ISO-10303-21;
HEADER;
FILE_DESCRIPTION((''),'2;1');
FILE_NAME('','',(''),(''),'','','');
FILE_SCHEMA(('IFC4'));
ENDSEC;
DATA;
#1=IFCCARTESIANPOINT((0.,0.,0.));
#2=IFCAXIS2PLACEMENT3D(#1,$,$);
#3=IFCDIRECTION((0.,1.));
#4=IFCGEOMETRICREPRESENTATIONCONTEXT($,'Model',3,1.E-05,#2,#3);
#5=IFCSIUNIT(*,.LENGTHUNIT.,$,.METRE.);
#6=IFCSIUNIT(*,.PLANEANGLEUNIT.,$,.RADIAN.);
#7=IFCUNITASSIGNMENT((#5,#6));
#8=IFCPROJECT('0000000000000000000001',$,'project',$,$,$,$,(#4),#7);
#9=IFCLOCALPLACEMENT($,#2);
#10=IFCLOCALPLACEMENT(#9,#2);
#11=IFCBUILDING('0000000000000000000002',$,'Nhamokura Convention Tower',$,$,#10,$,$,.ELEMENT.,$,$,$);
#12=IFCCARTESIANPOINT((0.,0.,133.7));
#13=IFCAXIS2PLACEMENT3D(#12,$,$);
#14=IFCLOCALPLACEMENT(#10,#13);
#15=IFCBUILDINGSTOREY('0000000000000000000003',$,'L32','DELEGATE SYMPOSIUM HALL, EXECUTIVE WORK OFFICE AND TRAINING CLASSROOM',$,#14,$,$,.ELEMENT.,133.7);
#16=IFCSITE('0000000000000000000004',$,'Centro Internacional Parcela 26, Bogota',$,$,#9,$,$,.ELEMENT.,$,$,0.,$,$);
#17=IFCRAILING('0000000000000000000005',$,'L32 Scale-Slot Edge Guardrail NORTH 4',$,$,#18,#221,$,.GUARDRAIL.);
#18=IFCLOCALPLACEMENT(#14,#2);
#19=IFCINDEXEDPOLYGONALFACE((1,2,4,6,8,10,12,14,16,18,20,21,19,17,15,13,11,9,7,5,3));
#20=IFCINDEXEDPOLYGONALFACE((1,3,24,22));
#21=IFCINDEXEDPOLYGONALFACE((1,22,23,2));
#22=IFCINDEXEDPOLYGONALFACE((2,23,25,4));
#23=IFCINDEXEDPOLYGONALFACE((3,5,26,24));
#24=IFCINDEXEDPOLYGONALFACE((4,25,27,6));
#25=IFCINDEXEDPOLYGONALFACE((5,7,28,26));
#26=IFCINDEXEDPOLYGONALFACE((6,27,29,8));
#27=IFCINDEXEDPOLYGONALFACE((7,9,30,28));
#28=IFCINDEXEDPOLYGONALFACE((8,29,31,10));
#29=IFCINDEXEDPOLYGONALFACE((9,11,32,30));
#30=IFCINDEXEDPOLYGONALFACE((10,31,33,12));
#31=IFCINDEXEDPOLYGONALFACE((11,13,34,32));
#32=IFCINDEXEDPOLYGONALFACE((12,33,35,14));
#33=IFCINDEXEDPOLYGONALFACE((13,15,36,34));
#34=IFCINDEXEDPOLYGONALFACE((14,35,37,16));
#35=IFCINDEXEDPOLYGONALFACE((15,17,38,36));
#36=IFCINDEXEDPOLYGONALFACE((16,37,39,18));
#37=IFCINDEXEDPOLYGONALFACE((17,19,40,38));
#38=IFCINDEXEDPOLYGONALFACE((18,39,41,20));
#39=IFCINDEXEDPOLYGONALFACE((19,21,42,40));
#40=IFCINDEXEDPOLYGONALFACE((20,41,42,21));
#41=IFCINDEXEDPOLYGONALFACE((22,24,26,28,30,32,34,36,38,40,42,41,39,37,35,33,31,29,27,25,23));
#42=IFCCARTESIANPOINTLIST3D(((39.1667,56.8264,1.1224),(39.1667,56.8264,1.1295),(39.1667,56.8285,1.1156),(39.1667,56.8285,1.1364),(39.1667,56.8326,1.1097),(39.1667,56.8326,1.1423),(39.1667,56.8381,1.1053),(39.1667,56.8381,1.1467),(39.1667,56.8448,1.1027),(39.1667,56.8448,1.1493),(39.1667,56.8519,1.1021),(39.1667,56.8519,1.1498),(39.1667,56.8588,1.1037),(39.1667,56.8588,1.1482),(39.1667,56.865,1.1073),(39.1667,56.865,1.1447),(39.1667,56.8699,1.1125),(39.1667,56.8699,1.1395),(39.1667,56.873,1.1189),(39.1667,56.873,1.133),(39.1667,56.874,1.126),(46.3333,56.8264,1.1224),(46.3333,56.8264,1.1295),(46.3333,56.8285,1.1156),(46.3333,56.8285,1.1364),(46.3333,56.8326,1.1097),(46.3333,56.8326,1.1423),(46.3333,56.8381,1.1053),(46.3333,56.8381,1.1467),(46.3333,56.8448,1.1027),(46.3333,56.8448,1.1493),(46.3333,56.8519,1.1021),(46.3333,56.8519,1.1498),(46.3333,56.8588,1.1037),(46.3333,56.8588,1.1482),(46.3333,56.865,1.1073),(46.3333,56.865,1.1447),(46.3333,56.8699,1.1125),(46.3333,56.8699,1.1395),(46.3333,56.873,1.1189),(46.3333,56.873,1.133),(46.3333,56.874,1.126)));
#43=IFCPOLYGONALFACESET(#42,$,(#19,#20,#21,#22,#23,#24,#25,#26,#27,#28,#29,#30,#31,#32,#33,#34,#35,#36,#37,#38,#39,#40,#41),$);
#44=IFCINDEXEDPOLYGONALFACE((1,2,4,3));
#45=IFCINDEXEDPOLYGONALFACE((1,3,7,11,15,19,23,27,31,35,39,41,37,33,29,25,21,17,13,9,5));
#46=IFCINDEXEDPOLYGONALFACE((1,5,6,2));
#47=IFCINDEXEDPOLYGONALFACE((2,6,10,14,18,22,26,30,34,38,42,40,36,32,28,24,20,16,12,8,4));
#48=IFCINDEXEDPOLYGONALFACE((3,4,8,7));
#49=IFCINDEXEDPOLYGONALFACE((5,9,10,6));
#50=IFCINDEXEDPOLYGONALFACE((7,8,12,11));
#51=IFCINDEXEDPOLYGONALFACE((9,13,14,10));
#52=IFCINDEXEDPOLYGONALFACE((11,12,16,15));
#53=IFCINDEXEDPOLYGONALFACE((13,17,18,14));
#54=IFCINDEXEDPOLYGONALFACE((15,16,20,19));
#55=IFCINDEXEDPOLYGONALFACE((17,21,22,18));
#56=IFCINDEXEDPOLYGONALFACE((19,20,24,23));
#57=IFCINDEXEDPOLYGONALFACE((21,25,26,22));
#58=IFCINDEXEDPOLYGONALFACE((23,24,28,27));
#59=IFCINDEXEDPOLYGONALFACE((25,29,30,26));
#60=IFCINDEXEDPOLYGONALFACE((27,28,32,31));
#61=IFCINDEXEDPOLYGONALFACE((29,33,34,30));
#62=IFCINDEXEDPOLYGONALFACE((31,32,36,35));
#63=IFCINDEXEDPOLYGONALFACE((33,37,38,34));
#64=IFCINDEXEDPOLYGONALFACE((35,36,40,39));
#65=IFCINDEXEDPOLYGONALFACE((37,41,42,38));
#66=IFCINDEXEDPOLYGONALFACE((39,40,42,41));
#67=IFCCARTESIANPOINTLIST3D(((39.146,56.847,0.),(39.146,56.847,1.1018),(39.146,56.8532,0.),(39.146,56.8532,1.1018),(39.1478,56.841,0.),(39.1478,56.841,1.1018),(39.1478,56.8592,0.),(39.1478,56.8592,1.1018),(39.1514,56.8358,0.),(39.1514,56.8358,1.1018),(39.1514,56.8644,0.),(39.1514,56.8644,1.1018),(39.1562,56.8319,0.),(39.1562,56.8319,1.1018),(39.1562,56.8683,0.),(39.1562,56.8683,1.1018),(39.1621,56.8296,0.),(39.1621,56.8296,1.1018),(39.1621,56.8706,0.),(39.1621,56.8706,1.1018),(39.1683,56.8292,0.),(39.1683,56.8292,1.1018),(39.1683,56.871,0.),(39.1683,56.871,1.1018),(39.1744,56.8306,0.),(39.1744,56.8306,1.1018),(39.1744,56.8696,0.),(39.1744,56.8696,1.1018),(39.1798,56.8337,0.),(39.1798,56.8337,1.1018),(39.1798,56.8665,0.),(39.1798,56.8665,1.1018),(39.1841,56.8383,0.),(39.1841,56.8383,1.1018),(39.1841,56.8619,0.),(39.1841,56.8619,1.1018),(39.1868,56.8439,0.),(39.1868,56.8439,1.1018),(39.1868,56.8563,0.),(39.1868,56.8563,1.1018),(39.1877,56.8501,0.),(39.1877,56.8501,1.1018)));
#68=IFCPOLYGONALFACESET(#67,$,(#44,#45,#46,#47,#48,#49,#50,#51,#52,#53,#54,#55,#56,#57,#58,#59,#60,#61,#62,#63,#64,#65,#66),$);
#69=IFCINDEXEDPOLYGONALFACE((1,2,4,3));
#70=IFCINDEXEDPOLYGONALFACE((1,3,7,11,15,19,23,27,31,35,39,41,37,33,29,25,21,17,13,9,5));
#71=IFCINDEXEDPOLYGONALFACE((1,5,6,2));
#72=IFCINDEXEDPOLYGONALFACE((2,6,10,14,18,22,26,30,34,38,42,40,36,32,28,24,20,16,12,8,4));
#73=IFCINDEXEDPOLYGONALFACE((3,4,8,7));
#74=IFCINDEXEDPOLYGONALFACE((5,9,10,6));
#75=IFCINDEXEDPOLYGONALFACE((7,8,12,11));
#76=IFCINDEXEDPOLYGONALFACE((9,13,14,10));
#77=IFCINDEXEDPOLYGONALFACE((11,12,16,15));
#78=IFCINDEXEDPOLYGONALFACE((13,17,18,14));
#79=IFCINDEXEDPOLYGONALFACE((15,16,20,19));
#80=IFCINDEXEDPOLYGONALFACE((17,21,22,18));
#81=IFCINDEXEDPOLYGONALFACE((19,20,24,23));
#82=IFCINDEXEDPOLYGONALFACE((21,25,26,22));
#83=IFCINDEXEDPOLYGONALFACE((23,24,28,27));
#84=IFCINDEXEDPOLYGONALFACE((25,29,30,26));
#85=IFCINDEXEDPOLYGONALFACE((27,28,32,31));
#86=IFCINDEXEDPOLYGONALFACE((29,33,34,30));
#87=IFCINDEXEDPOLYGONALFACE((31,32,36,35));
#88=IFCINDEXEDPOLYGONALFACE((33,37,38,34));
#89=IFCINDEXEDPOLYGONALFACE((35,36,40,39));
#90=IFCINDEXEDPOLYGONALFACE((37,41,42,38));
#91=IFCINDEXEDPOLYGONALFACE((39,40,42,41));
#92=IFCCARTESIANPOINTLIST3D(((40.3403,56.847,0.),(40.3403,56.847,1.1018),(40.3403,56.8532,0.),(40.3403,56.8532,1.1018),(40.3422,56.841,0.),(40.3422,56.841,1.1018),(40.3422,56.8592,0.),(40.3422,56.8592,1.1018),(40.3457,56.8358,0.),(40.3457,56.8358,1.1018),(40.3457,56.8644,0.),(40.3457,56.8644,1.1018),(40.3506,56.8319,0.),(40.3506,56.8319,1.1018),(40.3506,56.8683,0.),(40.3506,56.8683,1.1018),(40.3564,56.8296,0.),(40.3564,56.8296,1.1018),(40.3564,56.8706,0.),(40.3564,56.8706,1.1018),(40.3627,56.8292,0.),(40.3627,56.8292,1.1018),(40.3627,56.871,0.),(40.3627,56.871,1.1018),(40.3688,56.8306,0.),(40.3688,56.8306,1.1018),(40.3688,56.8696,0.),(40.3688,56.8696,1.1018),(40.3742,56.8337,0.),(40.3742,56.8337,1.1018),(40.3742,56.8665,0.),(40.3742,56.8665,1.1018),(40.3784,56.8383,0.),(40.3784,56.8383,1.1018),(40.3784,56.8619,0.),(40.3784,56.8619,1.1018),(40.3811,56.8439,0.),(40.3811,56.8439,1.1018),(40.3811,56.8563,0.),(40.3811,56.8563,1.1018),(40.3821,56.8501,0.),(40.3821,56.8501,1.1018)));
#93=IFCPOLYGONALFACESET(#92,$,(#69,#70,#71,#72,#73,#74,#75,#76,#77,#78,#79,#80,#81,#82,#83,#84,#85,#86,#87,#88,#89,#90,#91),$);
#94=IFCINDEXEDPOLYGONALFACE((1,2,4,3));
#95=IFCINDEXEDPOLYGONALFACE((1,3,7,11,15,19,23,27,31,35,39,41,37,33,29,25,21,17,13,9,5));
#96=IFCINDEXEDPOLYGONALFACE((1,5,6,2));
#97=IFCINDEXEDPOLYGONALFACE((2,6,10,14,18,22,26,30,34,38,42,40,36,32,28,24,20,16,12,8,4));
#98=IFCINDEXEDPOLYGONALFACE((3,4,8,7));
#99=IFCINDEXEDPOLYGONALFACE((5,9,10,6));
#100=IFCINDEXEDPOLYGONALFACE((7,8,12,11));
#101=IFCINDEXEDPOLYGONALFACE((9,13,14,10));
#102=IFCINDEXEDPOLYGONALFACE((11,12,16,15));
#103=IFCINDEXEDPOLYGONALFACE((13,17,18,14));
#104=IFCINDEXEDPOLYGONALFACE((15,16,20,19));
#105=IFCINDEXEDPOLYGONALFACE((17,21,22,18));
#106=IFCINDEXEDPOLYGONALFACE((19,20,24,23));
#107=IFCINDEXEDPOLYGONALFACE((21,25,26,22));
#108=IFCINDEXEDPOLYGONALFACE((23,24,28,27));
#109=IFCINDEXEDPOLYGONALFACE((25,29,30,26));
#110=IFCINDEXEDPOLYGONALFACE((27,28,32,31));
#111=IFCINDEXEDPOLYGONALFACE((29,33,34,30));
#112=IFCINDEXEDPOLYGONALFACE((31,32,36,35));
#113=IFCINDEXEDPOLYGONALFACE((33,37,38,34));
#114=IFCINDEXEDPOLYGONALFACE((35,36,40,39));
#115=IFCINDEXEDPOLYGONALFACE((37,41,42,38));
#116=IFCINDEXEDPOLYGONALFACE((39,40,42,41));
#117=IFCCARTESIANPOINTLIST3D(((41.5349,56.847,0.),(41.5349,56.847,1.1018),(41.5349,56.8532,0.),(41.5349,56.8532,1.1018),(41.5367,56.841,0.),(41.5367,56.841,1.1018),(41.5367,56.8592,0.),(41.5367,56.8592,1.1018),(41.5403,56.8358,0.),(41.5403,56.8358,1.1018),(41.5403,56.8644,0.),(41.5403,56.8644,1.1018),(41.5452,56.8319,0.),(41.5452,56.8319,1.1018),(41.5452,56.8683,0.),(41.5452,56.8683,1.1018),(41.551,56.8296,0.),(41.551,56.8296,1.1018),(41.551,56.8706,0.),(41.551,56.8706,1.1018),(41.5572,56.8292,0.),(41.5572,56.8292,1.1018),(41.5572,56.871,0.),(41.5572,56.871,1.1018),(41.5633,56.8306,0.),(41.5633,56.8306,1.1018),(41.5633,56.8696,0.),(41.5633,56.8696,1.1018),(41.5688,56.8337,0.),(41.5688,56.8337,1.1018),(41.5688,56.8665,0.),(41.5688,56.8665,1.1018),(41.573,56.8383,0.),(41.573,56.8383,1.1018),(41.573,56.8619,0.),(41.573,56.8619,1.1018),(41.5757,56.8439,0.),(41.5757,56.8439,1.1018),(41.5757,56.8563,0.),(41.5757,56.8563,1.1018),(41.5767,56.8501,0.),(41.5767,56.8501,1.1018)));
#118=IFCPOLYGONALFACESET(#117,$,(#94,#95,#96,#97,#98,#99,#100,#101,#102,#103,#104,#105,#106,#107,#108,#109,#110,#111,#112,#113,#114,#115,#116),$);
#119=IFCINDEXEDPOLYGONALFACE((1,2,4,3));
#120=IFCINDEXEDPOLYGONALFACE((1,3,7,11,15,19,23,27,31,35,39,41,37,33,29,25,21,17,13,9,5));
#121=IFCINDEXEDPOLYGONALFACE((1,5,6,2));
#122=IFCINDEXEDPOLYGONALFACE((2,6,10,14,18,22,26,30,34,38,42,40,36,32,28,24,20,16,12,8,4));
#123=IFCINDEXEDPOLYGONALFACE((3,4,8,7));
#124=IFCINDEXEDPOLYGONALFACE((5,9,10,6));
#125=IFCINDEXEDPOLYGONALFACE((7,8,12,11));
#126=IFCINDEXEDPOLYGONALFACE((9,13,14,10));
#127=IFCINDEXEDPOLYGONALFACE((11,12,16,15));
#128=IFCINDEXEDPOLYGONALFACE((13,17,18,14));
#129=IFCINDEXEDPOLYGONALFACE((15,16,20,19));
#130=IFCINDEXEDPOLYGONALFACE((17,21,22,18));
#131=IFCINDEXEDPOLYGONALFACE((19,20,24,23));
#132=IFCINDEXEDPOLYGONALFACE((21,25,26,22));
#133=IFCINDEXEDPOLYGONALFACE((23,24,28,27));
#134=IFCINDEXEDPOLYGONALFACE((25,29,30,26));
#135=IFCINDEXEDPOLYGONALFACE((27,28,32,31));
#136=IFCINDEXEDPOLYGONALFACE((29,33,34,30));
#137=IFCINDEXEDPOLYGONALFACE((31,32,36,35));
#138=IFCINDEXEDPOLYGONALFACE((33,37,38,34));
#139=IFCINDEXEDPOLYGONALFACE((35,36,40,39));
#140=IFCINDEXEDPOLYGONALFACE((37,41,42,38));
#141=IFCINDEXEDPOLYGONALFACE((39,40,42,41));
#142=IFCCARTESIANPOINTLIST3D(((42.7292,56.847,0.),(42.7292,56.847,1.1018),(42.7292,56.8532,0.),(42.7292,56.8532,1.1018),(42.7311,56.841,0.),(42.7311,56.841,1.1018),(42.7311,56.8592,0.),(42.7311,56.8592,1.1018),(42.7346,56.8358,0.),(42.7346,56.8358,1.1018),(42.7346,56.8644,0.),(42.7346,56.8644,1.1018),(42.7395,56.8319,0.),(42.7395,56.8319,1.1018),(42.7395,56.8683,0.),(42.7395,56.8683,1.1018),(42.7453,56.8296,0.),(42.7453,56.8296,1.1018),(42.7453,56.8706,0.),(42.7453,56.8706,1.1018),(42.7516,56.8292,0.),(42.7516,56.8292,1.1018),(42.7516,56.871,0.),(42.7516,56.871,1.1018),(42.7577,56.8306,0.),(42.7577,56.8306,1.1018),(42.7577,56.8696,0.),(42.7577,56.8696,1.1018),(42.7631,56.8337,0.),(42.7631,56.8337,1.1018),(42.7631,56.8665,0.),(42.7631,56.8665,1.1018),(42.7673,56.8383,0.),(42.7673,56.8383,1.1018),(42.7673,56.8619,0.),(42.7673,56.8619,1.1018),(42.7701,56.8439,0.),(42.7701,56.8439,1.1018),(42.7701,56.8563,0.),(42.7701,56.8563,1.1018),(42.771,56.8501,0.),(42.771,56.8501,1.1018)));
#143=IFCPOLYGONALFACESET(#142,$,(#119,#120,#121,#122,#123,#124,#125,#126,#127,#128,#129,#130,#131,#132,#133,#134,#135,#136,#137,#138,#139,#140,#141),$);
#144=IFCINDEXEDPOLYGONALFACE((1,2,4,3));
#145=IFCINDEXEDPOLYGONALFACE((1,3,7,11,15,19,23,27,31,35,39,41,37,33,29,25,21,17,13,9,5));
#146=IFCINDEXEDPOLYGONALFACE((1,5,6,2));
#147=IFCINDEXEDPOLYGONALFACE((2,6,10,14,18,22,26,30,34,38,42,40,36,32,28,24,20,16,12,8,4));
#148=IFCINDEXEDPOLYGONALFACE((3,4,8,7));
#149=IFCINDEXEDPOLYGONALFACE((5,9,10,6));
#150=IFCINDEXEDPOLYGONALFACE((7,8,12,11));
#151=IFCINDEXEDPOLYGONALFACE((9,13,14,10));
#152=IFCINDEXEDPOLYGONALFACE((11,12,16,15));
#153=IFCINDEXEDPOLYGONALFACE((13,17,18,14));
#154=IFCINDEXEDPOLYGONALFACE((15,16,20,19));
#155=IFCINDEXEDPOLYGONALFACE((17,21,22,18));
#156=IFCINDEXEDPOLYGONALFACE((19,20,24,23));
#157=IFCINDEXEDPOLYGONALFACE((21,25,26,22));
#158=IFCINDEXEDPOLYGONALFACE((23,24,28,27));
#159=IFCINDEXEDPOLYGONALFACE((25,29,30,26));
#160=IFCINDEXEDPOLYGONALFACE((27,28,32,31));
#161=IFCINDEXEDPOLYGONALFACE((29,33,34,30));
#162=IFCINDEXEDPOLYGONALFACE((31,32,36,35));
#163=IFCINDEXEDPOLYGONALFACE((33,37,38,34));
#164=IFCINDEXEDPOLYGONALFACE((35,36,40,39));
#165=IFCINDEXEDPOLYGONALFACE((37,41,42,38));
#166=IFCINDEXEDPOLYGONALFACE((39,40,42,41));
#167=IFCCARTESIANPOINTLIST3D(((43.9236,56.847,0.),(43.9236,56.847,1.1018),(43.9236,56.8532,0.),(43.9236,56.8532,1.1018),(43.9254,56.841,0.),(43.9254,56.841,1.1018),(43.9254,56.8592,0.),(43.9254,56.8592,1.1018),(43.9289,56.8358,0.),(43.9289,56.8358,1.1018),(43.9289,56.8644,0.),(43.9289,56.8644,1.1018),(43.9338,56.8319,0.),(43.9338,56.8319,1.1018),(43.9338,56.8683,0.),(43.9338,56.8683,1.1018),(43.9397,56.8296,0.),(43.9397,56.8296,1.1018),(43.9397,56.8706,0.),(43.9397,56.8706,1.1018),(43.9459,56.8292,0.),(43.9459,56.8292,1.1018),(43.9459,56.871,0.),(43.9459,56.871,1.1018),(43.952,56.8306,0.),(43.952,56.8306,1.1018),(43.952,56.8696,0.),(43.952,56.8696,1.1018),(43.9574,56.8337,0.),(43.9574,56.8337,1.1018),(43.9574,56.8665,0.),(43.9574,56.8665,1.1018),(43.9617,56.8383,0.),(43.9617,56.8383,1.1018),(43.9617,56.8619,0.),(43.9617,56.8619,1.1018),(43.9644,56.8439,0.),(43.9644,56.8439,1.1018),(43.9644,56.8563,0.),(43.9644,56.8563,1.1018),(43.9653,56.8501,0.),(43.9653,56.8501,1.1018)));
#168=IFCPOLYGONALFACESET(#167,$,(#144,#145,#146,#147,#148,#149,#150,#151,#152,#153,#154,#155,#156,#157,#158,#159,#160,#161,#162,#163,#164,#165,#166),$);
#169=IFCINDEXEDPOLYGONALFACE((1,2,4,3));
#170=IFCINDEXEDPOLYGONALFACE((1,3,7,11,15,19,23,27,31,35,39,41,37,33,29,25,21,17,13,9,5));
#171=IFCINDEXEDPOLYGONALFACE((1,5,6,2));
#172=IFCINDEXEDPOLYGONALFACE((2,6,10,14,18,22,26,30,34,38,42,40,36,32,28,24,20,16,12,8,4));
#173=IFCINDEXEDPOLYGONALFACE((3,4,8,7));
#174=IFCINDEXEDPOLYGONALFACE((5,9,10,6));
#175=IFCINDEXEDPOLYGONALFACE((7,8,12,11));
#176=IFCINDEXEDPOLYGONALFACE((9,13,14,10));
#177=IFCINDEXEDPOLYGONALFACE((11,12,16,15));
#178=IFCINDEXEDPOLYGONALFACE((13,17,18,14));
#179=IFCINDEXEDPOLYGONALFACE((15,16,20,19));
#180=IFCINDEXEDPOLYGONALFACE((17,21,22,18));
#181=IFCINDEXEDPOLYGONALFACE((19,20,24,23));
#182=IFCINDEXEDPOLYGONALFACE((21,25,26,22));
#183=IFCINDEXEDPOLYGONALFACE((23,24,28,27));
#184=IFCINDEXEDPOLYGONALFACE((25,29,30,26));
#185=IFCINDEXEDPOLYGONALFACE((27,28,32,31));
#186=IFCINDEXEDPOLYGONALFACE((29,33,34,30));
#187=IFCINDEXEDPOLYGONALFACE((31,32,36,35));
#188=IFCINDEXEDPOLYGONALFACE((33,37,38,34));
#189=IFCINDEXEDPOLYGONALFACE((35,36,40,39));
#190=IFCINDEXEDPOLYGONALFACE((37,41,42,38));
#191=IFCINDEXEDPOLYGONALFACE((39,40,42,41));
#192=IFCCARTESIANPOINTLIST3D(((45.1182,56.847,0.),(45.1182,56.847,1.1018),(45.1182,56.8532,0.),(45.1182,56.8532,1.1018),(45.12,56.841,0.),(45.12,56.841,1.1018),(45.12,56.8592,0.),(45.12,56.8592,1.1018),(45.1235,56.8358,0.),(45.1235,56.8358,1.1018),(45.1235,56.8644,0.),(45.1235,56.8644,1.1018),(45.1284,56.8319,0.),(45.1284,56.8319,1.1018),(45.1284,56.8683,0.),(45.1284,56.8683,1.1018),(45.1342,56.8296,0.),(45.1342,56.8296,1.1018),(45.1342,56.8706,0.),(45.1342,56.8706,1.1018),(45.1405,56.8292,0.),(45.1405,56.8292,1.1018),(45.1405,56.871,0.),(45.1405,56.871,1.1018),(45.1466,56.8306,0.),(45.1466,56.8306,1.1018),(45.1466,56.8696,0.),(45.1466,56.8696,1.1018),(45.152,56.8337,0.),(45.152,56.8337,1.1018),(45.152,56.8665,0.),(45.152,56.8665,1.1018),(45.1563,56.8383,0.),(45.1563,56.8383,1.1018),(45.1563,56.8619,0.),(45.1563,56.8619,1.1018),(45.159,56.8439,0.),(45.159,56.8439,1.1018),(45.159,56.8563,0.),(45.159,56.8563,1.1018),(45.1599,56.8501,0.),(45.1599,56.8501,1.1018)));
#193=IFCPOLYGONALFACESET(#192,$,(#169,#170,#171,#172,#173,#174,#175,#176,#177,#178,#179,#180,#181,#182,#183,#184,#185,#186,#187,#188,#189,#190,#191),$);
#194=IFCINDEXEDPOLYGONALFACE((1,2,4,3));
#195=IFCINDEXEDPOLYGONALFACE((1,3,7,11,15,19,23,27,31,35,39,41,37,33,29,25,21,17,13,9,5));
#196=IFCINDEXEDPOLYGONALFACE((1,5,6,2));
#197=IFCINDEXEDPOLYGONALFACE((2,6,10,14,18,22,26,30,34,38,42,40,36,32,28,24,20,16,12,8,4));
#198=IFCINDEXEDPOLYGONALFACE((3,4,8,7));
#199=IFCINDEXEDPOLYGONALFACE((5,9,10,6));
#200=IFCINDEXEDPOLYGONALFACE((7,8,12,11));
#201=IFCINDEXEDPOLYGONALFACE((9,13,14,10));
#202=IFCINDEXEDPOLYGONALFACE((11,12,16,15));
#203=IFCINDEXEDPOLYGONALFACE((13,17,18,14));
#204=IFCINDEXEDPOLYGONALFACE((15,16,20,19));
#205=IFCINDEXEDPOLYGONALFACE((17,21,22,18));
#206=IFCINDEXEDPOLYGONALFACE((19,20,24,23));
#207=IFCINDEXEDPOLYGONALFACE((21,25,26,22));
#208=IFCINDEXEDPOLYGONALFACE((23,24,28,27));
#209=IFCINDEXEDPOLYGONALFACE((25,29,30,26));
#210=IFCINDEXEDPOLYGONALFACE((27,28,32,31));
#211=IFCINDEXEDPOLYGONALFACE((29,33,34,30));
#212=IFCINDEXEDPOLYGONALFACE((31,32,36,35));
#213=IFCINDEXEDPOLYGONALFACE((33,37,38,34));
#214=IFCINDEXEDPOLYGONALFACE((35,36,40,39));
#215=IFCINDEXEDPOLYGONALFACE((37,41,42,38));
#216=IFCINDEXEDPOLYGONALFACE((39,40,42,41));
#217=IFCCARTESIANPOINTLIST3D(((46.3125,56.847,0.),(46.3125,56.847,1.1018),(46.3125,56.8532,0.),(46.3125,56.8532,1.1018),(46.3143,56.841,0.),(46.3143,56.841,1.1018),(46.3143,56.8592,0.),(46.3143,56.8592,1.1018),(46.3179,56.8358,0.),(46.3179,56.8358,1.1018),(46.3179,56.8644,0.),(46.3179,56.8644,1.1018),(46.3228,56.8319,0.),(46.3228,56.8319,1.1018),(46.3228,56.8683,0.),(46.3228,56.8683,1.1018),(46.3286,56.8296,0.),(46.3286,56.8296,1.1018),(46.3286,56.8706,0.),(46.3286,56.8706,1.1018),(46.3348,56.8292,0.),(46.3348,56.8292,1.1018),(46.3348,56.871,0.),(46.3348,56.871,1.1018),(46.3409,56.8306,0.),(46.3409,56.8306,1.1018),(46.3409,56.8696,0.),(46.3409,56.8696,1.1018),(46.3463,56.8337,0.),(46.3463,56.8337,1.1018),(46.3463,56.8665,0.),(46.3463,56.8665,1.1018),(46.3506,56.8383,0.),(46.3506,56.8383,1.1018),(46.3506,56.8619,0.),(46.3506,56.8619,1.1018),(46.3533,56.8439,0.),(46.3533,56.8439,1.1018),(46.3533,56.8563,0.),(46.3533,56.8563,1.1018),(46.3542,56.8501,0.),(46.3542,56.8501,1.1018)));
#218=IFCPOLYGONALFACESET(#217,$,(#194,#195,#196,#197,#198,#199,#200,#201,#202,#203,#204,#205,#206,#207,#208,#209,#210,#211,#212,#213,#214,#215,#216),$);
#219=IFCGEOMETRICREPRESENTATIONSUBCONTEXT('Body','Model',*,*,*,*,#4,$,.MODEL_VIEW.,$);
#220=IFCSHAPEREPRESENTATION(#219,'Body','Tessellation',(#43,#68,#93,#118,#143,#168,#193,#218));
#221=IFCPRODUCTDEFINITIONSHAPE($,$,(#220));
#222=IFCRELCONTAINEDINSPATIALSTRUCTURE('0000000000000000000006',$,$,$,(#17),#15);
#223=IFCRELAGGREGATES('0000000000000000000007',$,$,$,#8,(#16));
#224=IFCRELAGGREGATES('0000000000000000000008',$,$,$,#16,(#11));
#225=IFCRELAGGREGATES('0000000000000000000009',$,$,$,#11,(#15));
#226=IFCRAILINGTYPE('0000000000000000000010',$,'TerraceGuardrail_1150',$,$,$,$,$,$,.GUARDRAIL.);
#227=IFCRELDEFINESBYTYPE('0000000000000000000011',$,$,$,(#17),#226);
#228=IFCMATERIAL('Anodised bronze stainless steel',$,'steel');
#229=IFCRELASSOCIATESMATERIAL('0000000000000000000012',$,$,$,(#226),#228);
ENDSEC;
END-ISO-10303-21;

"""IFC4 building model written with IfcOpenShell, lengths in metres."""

from ifc_helpers import new_model, si_unit, direction, frame, origin, origin_2d, place, context, subcontext, project, spatial, circle, extrude, material, type_object, element, save


model = new_model("IFC4")

# Units and contexts
model_context = context("Model", 3, precision=1e-05, world=origin(), true_north=direction((0.0, 1.0)))
body_context = subcontext(model_context, "Body", "Model", "MODEL_VIEW")
ifc_project = project(units=[si_unit("LENGTHUNIT", "METRE"), si_unit("PLANEANGLEUNIT", "RADIAN")], contexts=[model_context])

# Site, building, storey
site_placement = place(None, origin())
site = spatial("IfcSite", under=ifc_project, at=site_placement, Name="Centro Internacional Parcela 26, Bogota", CompositionType="ELEMENT", RefElevation=0.0)
building_placement = place(site_placement, origin())
building = spatial("IfcBuilding", under=site, at=building_placement, Name="Nhamokura Convention Tower", CompositionType="ELEMENT")
storey_placement = place(building_placement, frame((0.0, 0.0, 133.7)))
storey = spatial("IfcBuildingStorey", under=building, at=storey_placement, Name="L32", Description="DELEGATE SYMPOSIUM HALL, EXECUTIVE WORK OFFICE AND TRAINING CLASSROOM", CompositionType="ELEMENT", Elevation=133.7)

# Railing
ifc_material_1 = material(Name="Anodised bronze stainless steel", Category="steel")
railing_type = type_object("IfcRailingType", Name="TerraceGuardrail_1150", PredefinedType="GUARDRAIL", material=ifc_material_1)
railing_placement = place(storey_placement, frame((39.1667, 56.8501, 0.0)))
element("IfcRailing", 1, at=railing_placement, inside=storey, type_object=railing_type, Name="L32 Scale-Slot Edge Guardrail NORTH 4", PredefinedType="GUARDRAIL", context=body_context, shape_type="SweptSolid", body=[
    extrude(circle(Radius=0.0239, at=origin_2d()), frame((0.0, 0.0, 1.126), z_axis=(1.0, 0.0, 0.0), x_axis=(0.0, 1.0, 0.0)), (0.0, 0.0, 1.0), 7.1665),
    extrude(circle(Radius=0.021, at=origin_2d()), origin(), (0.0, 0.0, 1.0), 1.1018),
    extrude(circle(Radius=0.021, at=origin_2d()), frame((1.1943, 0.0, 0.0)), (0.0, 0.0, 1.0), 1.1018),
    extrude(circle(Radius=0.021, at=origin_2d()), frame((2.3889, 0.0, 0.0)), (0.0, 0.0, 1.0), 1.1018),
    extrude(circle(Radius=0.021, at=origin_2d()), frame((3.5833, 0.0, 0.0)), (0.0, 0.0, 1.0), 1.1018),
    extrude(circle(Radius=0.021, at=origin_2d()), frame((4.7776, 0.0, 0.0)), (0.0, 0.0, 1.0), 1.1018),
    extrude(circle(Radius=0.021, at=origin_2d()), frame((5.9722, 0.0, 0.0)), (0.0, 0.0, 1.0), 1.1018),
    extrude(circle(Radius=0.021, at=origin_2d()), frame((7.1665, 0.0, 0.0)), (0.0, 0.0, 1.0), 1.1018),
])

save(model, "model.ifc")
